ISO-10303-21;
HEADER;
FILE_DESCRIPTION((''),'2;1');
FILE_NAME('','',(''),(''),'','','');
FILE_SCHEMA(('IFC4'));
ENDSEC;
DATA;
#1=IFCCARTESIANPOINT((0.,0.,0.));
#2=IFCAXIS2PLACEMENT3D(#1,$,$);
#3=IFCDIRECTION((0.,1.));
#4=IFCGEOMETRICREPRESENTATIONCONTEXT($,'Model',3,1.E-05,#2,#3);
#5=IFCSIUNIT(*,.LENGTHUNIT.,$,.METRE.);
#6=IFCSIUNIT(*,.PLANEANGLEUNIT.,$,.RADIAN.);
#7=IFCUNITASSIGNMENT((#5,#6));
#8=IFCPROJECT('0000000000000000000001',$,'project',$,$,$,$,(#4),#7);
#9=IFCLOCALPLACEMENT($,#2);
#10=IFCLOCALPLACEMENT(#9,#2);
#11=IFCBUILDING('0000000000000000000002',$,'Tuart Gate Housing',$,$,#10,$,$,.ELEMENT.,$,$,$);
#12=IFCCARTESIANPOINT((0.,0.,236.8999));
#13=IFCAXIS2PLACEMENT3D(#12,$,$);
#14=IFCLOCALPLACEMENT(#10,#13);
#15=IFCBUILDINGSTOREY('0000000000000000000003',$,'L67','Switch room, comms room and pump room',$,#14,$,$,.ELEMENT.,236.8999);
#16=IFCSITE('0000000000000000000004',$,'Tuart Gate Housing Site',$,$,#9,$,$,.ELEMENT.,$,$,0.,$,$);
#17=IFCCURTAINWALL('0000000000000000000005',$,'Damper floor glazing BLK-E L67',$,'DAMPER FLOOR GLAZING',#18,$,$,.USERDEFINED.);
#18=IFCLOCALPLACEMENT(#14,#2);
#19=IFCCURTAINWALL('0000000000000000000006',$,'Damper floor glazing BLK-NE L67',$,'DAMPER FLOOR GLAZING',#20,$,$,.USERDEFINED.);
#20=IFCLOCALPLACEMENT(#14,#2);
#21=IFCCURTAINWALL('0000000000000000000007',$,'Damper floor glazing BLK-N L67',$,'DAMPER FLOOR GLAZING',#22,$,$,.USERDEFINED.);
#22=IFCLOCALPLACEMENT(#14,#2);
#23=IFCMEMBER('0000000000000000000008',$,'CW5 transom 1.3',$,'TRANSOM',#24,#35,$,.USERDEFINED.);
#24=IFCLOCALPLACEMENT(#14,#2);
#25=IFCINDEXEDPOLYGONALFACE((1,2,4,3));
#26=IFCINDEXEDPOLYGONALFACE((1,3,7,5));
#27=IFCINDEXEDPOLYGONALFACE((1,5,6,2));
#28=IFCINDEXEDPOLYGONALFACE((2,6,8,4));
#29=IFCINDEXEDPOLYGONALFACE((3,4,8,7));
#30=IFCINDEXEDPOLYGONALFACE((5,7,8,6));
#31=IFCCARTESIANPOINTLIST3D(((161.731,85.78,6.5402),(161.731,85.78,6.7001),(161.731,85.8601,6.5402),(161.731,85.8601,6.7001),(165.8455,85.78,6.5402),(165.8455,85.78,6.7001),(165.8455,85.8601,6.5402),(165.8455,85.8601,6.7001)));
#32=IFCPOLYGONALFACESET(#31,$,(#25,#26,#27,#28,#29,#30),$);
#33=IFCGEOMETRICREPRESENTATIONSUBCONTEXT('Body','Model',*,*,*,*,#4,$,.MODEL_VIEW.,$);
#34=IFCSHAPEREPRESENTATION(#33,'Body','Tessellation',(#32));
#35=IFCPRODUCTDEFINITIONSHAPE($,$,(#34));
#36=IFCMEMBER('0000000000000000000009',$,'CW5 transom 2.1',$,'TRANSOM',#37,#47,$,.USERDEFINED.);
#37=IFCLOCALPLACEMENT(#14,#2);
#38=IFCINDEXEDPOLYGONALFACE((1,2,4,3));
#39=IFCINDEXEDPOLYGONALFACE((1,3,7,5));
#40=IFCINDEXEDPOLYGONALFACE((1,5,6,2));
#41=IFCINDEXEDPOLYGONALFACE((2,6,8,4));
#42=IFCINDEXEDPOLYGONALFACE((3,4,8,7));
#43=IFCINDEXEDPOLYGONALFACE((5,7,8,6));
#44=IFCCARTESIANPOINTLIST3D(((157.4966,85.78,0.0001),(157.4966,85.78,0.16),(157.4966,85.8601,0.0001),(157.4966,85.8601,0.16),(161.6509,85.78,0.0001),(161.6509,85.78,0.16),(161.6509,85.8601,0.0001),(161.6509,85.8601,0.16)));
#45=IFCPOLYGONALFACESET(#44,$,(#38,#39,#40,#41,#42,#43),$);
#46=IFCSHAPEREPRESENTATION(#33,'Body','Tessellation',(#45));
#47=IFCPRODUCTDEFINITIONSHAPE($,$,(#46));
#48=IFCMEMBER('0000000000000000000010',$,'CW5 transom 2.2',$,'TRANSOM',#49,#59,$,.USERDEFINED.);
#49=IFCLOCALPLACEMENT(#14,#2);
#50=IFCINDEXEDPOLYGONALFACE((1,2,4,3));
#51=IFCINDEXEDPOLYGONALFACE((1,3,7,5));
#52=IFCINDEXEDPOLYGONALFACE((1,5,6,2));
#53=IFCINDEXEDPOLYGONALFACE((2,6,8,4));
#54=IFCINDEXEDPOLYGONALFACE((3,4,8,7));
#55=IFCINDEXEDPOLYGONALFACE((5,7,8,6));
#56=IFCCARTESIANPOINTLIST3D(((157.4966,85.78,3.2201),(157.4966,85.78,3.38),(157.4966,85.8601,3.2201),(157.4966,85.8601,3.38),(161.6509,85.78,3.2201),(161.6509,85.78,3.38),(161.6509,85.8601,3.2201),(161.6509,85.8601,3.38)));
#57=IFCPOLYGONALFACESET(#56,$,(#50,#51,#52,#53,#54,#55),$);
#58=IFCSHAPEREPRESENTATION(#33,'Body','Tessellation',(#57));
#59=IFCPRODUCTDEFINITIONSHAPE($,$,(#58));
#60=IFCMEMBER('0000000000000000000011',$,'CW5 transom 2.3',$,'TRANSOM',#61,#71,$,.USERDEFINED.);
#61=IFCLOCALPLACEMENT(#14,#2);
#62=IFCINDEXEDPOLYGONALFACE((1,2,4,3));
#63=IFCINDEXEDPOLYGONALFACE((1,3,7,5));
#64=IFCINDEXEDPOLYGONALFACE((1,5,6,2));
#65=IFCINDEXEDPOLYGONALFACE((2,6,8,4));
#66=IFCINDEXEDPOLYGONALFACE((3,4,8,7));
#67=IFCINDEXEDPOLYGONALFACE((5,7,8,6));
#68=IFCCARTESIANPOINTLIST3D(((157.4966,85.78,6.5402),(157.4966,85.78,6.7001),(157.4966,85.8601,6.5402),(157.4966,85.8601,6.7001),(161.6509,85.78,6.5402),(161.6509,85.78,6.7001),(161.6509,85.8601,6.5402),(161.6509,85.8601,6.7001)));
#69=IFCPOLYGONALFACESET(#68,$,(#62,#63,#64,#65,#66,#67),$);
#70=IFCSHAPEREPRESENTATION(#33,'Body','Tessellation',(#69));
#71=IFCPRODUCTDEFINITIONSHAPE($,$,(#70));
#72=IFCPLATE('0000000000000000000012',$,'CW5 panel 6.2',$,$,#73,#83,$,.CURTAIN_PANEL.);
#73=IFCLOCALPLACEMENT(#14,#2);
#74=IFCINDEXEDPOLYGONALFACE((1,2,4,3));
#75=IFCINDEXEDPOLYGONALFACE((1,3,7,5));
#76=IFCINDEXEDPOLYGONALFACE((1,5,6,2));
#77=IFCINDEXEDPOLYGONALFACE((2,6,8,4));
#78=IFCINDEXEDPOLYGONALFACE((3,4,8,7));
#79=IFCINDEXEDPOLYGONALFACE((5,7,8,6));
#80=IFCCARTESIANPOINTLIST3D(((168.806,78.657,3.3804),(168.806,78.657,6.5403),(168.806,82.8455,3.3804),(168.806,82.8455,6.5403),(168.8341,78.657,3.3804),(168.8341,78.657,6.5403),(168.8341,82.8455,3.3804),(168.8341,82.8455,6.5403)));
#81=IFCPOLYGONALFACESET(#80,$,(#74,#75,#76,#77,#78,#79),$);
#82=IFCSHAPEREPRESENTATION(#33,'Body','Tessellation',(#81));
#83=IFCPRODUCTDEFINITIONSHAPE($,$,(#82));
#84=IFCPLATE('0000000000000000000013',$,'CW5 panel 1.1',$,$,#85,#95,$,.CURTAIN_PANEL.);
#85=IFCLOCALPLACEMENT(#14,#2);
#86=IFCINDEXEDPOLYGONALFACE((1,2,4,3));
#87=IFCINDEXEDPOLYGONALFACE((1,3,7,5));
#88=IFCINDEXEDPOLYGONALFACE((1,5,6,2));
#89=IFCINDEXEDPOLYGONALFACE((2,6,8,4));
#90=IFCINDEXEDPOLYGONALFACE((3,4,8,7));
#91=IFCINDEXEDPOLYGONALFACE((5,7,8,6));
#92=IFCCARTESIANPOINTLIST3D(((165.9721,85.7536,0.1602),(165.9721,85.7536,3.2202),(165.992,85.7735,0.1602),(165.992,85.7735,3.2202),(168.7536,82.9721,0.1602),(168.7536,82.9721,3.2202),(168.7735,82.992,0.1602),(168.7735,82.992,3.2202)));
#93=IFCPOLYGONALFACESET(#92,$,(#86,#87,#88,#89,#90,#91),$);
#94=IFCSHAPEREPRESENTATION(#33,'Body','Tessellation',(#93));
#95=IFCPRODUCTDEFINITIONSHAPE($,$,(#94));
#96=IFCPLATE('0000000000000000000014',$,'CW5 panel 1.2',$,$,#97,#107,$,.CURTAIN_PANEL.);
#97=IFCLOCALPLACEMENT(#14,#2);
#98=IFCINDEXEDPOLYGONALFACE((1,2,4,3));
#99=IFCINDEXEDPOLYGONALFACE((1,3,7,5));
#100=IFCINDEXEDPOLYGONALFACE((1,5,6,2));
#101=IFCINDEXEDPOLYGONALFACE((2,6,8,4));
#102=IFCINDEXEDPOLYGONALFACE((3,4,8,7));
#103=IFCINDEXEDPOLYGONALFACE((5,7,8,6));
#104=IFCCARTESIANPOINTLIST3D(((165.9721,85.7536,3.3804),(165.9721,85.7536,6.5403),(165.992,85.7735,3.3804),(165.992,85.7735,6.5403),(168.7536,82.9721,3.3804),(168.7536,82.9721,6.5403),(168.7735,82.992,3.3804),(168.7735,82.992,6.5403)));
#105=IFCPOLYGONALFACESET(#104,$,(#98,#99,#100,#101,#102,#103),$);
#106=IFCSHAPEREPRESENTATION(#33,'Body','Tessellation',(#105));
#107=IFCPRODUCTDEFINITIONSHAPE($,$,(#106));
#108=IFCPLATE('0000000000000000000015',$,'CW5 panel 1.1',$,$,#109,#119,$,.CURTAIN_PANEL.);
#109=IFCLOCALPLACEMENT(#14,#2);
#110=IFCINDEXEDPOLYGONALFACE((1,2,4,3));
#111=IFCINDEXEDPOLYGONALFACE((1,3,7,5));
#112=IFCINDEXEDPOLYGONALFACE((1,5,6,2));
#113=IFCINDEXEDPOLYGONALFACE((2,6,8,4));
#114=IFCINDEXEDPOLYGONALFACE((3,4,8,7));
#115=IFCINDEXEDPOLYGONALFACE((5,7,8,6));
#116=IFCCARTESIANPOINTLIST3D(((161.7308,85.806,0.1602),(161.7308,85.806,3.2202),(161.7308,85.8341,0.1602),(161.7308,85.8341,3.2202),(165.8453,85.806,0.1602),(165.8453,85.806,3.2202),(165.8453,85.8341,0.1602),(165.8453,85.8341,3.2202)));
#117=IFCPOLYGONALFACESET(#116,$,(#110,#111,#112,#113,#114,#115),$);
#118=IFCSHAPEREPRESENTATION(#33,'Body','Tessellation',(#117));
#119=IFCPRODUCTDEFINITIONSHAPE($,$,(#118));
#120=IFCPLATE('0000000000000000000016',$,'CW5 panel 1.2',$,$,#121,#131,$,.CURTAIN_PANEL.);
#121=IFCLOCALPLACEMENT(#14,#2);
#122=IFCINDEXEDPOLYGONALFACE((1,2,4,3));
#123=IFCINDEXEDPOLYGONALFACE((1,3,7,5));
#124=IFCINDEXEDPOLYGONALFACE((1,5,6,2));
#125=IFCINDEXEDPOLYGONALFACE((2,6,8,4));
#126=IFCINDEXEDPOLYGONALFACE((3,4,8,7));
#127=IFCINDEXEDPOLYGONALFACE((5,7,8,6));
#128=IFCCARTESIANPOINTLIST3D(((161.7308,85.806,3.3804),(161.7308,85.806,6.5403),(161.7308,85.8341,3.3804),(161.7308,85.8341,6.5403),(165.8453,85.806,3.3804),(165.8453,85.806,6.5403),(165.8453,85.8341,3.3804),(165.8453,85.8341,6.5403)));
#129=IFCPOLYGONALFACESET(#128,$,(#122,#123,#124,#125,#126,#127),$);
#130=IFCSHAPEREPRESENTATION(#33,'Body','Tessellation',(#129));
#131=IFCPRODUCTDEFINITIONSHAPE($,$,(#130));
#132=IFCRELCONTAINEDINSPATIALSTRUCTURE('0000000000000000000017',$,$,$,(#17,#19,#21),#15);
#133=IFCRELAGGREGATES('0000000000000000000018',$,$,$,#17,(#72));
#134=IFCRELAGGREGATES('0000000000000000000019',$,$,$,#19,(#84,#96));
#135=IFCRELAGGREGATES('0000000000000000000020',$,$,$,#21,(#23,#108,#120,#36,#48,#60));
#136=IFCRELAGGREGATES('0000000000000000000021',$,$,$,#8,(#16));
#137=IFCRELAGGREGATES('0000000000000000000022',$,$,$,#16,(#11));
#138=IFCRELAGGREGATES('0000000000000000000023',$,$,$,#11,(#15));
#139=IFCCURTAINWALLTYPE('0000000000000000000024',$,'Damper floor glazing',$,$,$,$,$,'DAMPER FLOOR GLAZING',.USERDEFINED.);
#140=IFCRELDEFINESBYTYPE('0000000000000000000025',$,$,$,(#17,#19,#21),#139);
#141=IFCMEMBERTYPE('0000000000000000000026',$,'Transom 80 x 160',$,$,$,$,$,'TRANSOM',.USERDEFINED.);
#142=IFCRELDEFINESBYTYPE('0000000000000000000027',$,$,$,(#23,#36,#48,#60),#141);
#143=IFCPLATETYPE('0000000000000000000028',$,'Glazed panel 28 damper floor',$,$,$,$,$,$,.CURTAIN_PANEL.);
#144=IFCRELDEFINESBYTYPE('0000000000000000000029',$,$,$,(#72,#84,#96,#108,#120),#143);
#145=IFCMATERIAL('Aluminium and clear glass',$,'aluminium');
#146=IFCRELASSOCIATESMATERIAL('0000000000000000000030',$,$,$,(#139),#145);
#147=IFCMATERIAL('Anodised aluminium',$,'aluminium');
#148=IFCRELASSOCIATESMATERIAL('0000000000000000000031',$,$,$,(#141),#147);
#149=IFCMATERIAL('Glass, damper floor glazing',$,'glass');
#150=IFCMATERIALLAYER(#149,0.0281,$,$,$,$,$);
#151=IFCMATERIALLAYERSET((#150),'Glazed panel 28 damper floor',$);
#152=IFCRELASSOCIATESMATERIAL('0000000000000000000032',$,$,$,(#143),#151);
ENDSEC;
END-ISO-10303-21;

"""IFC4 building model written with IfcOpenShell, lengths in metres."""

from ifc_helpers import new_model, si_unit, direction, frame, origin, origin_2d, place, context, subcontext, project, spatial, rectangle, extrude, material, layer, layer_set, material_profile, profile_set, type_object, element, aggregate, save


model = new_model("IFC4")

# Units and contexts
model_context = context("Model", 3, precision=1e-05, world=origin(), true_north=direction((0.0, 1.0)))
body_context = subcontext(model_context, "Body", "Model", "MODEL_VIEW")
ifc_project = project(units=[si_unit("LENGTHUNIT", "METRE"), si_unit("PLANEANGLEUNIT", "RADIAN")], contexts=[model_context])

# Site, building, storey
site_placement = place(None, origin())
site = spatial("IfcSite", under=ifc_project, at=site_placement, Name="Tuart Gate Housing Site", CompositionType="ELEMENT", RefElevation=0.0)
building_placement = place(site_placement, origin())
building = spatial("IfcBuilding", under=site, at=building_placement, Name="Tuart Gate Housing", CompositionType="ELEMENT")
storey_placement = place(building_placement, frame((0.0, 0.0, 236.8999)))
storey = spatial("IfcBuildingStorey", under=building, at=storey_placement, Name="L67", Description="Switch room, comms room and pump room", CompositionType="ELEMENT", Elevation=236.8999)

# Curtain wall
ifc_material_1 = material(Name="Aluminium and clear glass", Category="aluminium")
curtain_wall_type = type_object("IfcCurtainWallType", Name="Damper floor glazing", ElementType="DAMPER FLOOR GLAZING", PredefinedType="USERDEFINED", material=ifc_material_1)
curtain_wall_1_placement = place(storey_placement, origin())
curtain_wall_1 = element("IfcCurtainWall", 1, at=curtain_wall_1_placement, inside=storey, type_object=curtain_wall_type, Name="Damper floor glazing BLK-E L67", ObjectType="DAMPER FLOOR GLAZING", PredefinedType="USERDEFINED")

# Curtain walls
curtain_wall_2_placement = place(storey_placement, origin())
curtain_wall_2 = element("IfcCurtainWall", 2, at=curtain_wall_2_placement, inside=storey, type_object=curtain_wall_type, Name="Damper floor glazing BLK-NE L67", ObjectType="DAMPER FLOOR GLAZING", PredefinedType="USERDEFINED")
curtain_wall_3_placement = place(storey_placement, origin())
curtain_wall_3 = element("IfcCurtainWall", 3, at=curtain_wall_3_placement, inside=storey, type_object=curtain_wall_type, Name="Damper floor glazing BLK-N L67", ObjectType="DAMPER FLOOR GLAZING", PredefinedType="USERDEFINED")

# Members
ifc_material_2 = material(Name="Anodised aluminium", Category="aluminium")
ifc_material_profile_1 = material_profile(ifc_material_2, rectangle(XDim=0.0801, YDim=0.1599, at=origin_2d()), Name="80x160")
ifc_profile_set_1 = profile_set([ifc_material_profile_1], Name="Anodised aluminium")
member_type_1 = type_object("IfcMemberType", Name="Transom 80 x 160", ElementType="TRANSOM", PredefinedType="USERDEFINED", material=ifc_profile_set_1)
member_1_placement = place(storey_placement, frame((165.8455, 85.8201, 6.6201), z_axis=(-1.0, 0.0, 0.0), x_axis=(0.0, -1.0, 0.0)))
member_1 = element("IfcMember", 4, at=member_1_placement, type_object=member_type_1, Name="CW5 transom 1.3", ObjectType="TRANSOM", PredefinedType="USERDEFINED", context=body_context, shape_type="SweptSolid", body=[
    extrude(rectangle(XDim=0.0801, YDim=0.1599, at=origin_2d()), origin(), (0.0, 0.0, 1.0), 4.1145),
])
member_2_placement = place(storey_placement, frame((161.6509, 85.8201, 0.0801), z_axis=(-1.0, 0.0, 0.0), x_axis=(0.0, -1.0, 0.0)))
member_2 = element("IfcMember", 5, at=member_2_placement, type_object=member_type_1, Name="CW5 transom 2.1", ObjectType="TRANSOM", PredefinedType="USERDEFINED", context=body_context, shape_type="SweptSolid", body=[
    extrude(rectangle(XDim=0.0801, YDim=0.1599, at=origin_2d()), origin(), (0.0, 0.0, 1.0), 4.1543),
])
member_3_placement = place(storey_placement, frame((161.6509, 85.8201, 3.3), z_axis=(-1.0, 0.0, 0.0), x_axis=(0.0, -1.0, 0.0)))
member_3 = element("IfcMember", 6, at=member_3_placement, type_object=member_type_1, Name="CW5 transom 2.2", ObjectType="TRANSOM", PredefinedType="USERDEFINED", context=body_context, shape_type="SweptSolid", body=[
    extrude(rectangle(XDim=0.0801, YDim=0.1599, at=origin_2d()), origin(), (0.0, 0.0, 1.0), 4.1543),
])
member_4_placement = place(storey_placement, frame((161.6509, 85.8201, 6.6201), z_axis=(-1.0, 0.0, 0.0), x_axis=(0.0, -1.0, 0.0)))
member_4 = element("IfcMember", 7, at=member_4_placement, type_object=member_type_1, Name="CW5 transom 2.3", ObjectType="TRANSOM", PredefinedType="USERDEFINED", context=body_context, shape_type="SweptSolid", body=[
    extrude(rectangle(XDim=0.0801, YDim=0.1599, at=origin_2d()), origin(), (0.0, 0.0, 1.0), 4.1543),
])

# Plates
ifc_material_3 = material(Name="Glass, damper floor glazing", Category="glass")
ifc_layer = layer(ifc_material_3, 0.0281)
ifc_layer_set = layer_set([ifc_layer], Name="Glazed panel 28 damper floor")
plate_type = type_object("IfcPlateType", Name="Glazed panel 28 damper floor", PredefinedType="CURTAIN_PANEL", material=ifc_layer_set)
plate_1_placement = place(storey_placement, frame((168.8201, 80.7512, 3.3804), z_axis=(0.0, 0.0, 1.0), x_axis=(0.0, 1.0, 0.0)))
plate_1 = element("IfcPlate", 8, at=plate_1_placement, type_object=plate_type, Name="CW5 panel 6.2", PredefinedType="CURTAIN_PANEL", context=body_context, shape_type="SweptSolid", body=[
    extrude(rectangle(XDim=4.1885, YDim=0.0281, at=origin_2d()), origin(), (0.0, 0.0, 1.0), 3.1599),
])
aggregate(curtain_wall_1, [plate_1])
plate_2_placement = place(storey_placement, frame((167.3728, 84.3728, 0.1602), z_axis=(0.0, 0.0, 1.0), x_axis=(-0.707107, 0.707107, 0.0)))
plate_2 = element("IfcPlate", 9, at=plate_2_placement, type_object=plate_type, Name="CW5 panel 1.1", PredefinedType="CURTAIN_PANEL", context=body_context, shape_type="SweptSolid", body=[
    extrude(rectangle(XDim=3.9336, YDim=0.0281, at=origin_2d()), origin(), (0.0, 0.0, 1.0), 3.0601),
])
plate_3_placement = place(storey_placement, frame((167.3728, 84.3728, 3.3804), z_axis=(0.0, 0.0, 1.0), x_axis=(-0.707107, 0.707107, 0.0)))
plate_3 = element("IfcPlate", 10, at=plate_3_placement, type_object=plate_type, Name="CW5 panel 1.2", PredefinedType="CURTAIN_PANEL", context=body_context, shape_type="SweptSolid", body=[
    extrude(rectangle(XDim=3.9336, YDim=0.0281, at=origin_2d()), origin(), (0.0, 0.0, 1.0), 3.1599),
])
aggregate(curtain_wall_2, [plate_2, plate_3])
plate_4_placement = place(storey_placement, frame((163.7881, 85.8201, 0.1602), z_axis=(0.0, 0.0, 1.0), x_axis=(-1.0, 0.0, 0.0)))
plate_4 = element("IfcPlate", 11, at=plate_4_placement, type_object=plate_type, Name="CW5 panel 1.1", PredefinedType="CURTAIN_PANEL", context=body_context, shape_type="SweptSolid", body=[
    extrude(rectangle(XDim=4.1145, YDim=0.0281, at=origin_2d()), origin(), (0.0, 0.0, 1.0), 3.0601),
])
plate_5_placement = place(storey_placement, frame((163.7881, 85.8201, 3.3804), z_axis=(0.0, 0.0, 1.0), x_axis=(-1.0, 0.0, 0.0)))
plate_5 = element("IfcPlate", 12, at=plate_5_placement, type_object=plate_type, Name="CW5 panel 1.2", PredefinedType="CURTAIN_PANEL", context=body_context, shape_type="SweptSolid", body=[
    extrude(rectangle(XDim=4.1145, YDim=0.0281, at=origin_2d()), origin(), (0.0, 0.0, 1.0), 3.1599),
])
aggregate(curtain_wall_3, [member_1, plate_4, plate_5, member_2, member_3, member_4])

save(model, "model.ifc")
